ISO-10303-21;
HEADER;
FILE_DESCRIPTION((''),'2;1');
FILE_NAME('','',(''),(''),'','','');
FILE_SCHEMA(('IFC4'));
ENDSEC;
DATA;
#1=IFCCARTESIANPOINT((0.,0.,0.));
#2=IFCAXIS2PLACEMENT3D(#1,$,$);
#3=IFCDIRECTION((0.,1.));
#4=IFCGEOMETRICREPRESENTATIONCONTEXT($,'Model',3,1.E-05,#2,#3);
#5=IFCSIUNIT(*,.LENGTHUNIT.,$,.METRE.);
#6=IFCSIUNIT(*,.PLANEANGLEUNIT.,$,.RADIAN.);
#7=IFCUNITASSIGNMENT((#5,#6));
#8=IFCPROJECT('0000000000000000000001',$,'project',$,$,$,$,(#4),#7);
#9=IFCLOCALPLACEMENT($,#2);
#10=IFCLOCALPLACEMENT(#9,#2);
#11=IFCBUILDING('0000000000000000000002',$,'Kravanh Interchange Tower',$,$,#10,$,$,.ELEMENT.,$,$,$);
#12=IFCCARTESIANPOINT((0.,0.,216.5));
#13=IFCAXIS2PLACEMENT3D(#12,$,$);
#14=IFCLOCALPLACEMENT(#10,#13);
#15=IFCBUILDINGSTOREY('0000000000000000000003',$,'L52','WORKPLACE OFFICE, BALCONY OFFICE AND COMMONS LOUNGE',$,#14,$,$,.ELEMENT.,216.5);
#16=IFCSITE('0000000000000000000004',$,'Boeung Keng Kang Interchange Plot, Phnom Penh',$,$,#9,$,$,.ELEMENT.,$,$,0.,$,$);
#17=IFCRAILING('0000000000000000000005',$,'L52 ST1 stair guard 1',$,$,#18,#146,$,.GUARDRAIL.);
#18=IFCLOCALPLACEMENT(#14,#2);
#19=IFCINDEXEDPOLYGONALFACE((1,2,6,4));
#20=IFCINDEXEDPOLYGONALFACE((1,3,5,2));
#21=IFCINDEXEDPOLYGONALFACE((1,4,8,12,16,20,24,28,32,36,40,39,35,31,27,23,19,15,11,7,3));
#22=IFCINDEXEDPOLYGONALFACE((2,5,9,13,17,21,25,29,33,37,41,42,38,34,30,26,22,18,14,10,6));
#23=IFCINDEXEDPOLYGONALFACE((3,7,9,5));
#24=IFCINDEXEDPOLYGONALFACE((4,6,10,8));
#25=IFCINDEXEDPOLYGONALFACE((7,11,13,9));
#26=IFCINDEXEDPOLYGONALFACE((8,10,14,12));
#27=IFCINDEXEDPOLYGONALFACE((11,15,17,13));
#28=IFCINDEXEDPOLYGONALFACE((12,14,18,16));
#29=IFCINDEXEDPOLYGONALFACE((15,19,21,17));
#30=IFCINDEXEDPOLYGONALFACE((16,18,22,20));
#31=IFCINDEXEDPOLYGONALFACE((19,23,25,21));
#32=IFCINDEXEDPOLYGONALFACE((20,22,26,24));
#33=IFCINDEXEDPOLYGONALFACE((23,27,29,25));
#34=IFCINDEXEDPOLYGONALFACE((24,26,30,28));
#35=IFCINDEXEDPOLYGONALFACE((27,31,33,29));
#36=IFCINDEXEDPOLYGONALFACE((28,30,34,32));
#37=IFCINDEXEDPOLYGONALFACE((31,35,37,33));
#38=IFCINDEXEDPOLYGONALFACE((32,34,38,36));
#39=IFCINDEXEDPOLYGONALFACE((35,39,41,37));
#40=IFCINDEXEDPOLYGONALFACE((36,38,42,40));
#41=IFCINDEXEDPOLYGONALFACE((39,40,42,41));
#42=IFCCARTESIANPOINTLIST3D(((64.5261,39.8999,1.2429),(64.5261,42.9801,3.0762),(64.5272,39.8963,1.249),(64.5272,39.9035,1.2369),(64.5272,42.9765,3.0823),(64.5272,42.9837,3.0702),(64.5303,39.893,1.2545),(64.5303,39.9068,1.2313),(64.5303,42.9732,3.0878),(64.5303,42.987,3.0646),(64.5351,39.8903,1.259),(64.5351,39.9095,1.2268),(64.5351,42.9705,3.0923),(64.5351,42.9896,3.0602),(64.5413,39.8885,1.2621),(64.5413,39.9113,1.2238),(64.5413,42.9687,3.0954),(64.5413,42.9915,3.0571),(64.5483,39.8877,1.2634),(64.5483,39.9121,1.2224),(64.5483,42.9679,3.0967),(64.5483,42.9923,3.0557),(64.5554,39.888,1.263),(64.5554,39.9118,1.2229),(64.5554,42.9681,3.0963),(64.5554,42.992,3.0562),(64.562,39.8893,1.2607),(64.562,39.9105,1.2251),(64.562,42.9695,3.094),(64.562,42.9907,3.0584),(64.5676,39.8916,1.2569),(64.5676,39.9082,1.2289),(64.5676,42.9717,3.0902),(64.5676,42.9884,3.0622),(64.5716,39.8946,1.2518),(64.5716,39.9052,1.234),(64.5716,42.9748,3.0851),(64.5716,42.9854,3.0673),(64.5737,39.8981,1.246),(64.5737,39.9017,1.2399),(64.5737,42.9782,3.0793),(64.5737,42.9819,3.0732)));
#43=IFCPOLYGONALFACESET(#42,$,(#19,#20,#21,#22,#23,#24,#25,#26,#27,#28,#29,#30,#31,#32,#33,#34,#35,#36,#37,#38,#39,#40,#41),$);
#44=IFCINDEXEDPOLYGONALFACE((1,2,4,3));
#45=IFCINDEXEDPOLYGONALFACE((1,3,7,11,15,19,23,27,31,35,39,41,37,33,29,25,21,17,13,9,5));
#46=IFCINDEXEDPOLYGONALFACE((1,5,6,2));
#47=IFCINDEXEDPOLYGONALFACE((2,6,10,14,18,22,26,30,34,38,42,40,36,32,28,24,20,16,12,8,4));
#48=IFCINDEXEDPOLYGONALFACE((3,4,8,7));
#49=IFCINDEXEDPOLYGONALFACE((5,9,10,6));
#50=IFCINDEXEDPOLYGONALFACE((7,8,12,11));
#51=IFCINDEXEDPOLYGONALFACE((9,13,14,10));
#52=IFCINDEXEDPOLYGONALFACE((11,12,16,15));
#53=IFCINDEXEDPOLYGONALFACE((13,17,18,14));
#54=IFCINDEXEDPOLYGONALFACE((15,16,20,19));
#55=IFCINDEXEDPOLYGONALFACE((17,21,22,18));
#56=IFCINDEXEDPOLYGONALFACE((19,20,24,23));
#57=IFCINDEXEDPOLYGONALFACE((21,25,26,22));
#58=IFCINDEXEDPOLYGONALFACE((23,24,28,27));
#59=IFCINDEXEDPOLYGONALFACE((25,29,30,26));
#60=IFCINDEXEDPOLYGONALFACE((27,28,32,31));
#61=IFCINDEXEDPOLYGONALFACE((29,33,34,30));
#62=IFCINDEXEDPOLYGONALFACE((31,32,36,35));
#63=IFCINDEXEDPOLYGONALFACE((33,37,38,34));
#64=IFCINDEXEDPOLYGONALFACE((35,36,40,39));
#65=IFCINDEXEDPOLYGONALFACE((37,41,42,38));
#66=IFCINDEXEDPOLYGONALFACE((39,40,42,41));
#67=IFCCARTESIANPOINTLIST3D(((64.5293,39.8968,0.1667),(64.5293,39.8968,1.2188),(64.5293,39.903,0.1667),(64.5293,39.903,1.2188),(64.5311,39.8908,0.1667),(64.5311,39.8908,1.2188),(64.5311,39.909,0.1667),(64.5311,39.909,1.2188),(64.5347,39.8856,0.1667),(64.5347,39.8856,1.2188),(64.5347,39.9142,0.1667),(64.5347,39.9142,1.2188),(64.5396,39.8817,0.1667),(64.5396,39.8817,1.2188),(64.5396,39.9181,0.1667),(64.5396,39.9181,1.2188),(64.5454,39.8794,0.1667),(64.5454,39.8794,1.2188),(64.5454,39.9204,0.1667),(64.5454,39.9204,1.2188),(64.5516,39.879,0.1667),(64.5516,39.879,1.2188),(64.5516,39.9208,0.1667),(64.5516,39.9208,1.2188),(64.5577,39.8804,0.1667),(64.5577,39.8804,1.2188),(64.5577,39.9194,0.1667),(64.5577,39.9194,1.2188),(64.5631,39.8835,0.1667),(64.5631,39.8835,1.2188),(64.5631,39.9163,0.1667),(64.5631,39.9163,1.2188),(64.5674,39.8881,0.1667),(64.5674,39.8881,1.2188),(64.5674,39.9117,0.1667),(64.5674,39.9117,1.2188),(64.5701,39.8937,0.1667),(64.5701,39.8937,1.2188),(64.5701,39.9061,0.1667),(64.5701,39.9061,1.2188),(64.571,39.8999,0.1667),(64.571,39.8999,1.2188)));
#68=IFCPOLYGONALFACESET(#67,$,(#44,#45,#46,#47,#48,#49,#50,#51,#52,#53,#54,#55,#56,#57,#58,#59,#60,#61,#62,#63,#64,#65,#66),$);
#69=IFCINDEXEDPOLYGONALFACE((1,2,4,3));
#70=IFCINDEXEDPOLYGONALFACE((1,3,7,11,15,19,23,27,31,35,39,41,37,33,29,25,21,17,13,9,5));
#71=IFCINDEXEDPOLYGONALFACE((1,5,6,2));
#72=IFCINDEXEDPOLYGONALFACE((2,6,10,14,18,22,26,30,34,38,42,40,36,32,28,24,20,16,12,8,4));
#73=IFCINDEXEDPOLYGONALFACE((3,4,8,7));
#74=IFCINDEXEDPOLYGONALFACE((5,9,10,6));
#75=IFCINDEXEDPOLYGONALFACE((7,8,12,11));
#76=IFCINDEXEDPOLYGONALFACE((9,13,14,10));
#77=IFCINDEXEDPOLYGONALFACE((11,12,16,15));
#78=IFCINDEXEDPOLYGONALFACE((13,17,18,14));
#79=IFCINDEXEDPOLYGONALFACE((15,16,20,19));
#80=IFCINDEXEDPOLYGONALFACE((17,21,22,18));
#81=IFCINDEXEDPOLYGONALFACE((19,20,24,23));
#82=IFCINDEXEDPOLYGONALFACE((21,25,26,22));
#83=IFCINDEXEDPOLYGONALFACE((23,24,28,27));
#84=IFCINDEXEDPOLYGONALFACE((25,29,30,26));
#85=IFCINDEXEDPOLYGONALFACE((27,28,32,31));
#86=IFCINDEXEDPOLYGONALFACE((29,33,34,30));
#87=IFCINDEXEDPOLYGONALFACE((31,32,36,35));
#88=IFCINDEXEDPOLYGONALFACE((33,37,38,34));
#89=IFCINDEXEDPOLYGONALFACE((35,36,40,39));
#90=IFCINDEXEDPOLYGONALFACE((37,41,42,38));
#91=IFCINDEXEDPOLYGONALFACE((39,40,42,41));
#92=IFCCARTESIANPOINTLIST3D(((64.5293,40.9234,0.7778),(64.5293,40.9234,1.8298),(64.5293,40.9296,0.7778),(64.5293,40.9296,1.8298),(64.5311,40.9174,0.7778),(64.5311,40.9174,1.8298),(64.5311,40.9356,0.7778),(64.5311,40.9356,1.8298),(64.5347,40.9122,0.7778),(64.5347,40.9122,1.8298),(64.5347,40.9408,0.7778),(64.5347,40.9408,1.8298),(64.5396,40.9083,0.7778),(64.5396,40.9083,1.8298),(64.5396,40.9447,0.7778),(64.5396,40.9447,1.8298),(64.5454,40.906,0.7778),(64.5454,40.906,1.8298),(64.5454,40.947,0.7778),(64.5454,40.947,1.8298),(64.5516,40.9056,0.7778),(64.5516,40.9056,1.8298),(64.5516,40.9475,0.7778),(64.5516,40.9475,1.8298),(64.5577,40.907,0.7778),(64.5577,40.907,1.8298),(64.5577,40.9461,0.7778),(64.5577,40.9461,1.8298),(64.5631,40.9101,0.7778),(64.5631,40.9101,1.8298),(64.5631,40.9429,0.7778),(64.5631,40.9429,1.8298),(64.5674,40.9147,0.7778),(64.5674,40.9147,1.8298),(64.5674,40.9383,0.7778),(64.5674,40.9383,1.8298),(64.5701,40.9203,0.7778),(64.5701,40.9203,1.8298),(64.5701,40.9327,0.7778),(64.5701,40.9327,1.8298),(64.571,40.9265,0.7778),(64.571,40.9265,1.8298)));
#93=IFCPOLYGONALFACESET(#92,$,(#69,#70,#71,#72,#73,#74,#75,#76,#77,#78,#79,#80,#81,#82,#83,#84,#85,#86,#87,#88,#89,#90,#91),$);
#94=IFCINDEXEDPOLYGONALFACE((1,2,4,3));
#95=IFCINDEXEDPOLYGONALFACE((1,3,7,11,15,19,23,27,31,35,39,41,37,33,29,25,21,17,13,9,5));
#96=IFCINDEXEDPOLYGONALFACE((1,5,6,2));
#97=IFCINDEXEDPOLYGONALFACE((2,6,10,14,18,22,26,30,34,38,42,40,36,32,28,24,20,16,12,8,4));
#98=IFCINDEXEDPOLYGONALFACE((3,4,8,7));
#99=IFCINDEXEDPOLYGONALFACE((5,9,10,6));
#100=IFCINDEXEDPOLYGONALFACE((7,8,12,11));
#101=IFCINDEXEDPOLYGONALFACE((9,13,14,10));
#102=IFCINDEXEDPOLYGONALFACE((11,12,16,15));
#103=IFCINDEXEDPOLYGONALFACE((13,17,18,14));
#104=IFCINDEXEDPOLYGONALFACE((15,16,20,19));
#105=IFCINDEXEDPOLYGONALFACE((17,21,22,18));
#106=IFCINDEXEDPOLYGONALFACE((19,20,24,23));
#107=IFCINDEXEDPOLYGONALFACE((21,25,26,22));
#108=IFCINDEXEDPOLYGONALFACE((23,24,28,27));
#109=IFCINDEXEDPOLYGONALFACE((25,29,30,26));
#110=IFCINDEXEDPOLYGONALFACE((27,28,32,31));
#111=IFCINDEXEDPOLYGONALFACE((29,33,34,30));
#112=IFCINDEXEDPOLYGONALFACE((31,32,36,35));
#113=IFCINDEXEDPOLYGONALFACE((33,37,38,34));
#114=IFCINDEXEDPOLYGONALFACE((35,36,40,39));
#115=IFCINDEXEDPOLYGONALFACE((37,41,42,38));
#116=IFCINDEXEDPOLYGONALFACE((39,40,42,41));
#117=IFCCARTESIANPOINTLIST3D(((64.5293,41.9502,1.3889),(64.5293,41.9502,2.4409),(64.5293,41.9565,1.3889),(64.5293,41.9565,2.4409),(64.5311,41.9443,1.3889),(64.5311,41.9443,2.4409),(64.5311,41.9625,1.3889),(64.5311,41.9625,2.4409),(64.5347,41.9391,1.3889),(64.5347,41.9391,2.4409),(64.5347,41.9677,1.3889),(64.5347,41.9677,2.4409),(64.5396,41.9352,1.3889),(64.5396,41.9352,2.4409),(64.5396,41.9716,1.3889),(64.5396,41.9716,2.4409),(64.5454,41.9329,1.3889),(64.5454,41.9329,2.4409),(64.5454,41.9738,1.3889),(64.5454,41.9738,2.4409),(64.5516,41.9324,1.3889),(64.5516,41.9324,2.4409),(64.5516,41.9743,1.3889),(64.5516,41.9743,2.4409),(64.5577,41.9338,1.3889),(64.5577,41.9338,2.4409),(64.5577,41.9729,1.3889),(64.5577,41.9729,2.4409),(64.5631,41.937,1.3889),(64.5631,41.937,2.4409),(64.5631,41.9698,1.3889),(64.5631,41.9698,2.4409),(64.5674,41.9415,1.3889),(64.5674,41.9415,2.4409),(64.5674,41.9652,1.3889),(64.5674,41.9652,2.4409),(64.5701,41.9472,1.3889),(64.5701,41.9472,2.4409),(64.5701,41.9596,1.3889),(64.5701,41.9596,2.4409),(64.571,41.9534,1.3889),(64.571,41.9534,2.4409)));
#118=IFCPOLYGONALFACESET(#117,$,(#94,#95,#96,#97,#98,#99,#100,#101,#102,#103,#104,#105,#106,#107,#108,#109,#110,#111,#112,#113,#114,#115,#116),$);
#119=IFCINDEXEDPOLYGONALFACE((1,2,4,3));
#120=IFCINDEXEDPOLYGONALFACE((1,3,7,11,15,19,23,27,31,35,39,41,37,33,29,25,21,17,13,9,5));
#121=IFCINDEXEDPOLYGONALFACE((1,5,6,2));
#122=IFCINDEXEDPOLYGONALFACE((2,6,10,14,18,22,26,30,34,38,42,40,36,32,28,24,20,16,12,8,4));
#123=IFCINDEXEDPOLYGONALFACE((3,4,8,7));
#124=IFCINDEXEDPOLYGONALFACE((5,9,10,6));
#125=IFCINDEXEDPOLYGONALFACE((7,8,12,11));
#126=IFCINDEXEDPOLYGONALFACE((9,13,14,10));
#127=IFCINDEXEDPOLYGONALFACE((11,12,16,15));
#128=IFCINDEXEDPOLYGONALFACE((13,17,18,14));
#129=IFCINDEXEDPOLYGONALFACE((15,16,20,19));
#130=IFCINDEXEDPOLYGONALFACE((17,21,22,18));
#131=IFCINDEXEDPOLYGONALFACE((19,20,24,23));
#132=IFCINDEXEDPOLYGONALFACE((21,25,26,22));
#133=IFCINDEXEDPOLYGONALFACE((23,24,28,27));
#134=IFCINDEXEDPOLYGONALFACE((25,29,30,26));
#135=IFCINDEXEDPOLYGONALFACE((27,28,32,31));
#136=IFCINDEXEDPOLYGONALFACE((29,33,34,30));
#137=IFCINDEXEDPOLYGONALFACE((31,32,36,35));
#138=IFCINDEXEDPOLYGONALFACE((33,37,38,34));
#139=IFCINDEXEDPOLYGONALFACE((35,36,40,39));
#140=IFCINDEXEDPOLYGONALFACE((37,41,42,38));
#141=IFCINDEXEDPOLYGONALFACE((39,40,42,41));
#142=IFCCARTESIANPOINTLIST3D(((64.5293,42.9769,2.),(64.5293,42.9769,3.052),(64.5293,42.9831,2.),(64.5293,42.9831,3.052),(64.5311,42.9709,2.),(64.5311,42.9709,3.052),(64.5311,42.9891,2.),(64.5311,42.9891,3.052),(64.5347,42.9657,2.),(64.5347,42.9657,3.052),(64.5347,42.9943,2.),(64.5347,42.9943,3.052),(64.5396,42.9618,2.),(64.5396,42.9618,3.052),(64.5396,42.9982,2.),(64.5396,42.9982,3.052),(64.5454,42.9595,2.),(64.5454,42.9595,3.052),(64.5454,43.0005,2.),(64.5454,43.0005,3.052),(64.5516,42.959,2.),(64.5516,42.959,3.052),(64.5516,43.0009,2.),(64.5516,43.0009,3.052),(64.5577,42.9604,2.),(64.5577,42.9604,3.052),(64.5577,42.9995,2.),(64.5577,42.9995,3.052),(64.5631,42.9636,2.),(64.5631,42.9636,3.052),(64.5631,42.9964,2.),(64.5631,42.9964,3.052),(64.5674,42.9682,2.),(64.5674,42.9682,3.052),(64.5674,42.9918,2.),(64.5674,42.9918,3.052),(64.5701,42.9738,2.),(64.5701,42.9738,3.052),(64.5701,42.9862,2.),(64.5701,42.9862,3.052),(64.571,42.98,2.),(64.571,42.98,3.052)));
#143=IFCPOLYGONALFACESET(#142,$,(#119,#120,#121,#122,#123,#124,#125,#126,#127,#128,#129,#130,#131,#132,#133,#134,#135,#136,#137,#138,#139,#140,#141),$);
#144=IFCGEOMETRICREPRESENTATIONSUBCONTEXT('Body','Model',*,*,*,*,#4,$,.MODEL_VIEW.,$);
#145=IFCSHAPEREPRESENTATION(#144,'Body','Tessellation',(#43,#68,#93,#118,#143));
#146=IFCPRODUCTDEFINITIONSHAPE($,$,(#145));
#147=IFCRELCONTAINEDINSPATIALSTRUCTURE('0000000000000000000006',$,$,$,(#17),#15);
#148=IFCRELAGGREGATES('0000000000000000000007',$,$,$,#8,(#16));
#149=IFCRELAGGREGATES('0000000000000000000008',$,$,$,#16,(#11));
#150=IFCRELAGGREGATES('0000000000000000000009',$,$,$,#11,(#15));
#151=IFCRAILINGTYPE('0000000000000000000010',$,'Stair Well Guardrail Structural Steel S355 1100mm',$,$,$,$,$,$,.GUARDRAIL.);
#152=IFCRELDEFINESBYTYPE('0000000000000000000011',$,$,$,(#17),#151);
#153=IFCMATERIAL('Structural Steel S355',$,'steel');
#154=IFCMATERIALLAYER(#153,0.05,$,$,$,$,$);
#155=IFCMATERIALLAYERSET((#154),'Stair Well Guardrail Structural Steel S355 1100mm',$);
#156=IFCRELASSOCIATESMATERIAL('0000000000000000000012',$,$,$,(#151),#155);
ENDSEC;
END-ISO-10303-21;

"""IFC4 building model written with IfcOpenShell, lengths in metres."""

from ifc_helpers import new_model, si_unit, direction, frame, origin, origin_2d, place, context, subcontext, project, spatial, circle, extrude, material, layer, layer_set, type_object, element, save


model = new_model("IFC4")

# Units and contexts
model_context = context("Model", 3, precision=1e-05, world=origin(), true_north=direction((0.0, 1.0)))
body_context = subcontext(model_context, "Body", "Model", "MODEL_VIEW")
ifc_project = project(units=[si_unit("LENGTHUNIT", "METRE"), si_unit("PLANEANGLEUNIT", "RADIAN")], contexts=[model_context])

# Site, building, storey
site_placement = place(None, origin())
site = spatial("IfcSite", under=ifc_project, at=site_placement, Name="Boeung Keng Kang Interchange Plot, Phnom Penh", CompositionType="ELEMENT", RefElevation=0.0)
building_placement = place(site_placement, origin())
building = spatial("IfcBuilding", under=site, at=building_placement, Name="Kravanh Interchange Tower", CompositionType="ELEMENT")
storey_placement = place(building_placement, frame((0.0, 0.0, 216.5)))
storey = spatial("IfcBuildingStorey", under=building, at=storey_placement, Name="L52", Description="WORKPLACE OFFICE, BALCONY OFFICE AND COMMONS LOUNGE", CompositionType="ELEMENT", Elevation=216.5)

# Railing
ifc_material_1 = material(Name="Structural Steel S355", Category="steel")
ifc_layer_1 = layer(ifc_material_1, 0.05)
ifc_layer_set_1 = layer_set([ifc_layer_1], Name="Stair Well Guardrail Structural Steel S355 1100mm")
railing_type_1 = type_object("IfcRailingType", Name="Stair Well Guardrail Structural Steel S355 1100mm", PredefinedType="GUARDRAIL", material=ifc_layer_set_1)
railing_1_placement = place(storey_placement, frame((64.55, 39.8999, 0.1667)))
element("IfcRailing", 1, at=railing_1_placement, inside=storey, type_object=railing_type_1, Name="L52 ST1 stair guard 1", PredefinedType="GUARDRAIL", context=body_context, shape_type="SweptSolid", body=[
    extrude(circle(Radius=0.0239, at=origin_2d()), frame((0.0, 0.0, 1.0762), z_axis=(0.0, 0.859309, 0.511458), x_axis=(-1.0, 0.0, 0.0)), (0.0, 0.0, 1.0), 3.5845),
    extrude(circle(Radius=0.021, at=origin_2d()), origin(), (0.0, 0.0, 1.0), 1.052),
    extrude(circle(Radius=0.021, at=origin_2d()), frame((0.0, 1.0266, 0.6111)), (0.0, 0.0, 1.0), 1.052),
    extrude(circle(Radius=0.021, at=origin_2d()), frame((0.0, 2.0535, 1.2222)), (0.0, 0.0, 1.0), 1.052),
    extrude(circle(Radius=0.021, at=origin_2d()), frame((0.0, 3.0801, 1.8333)), (0.0, 0.0, 1.0), 1.052),
])

save(model, "model.ifc")
